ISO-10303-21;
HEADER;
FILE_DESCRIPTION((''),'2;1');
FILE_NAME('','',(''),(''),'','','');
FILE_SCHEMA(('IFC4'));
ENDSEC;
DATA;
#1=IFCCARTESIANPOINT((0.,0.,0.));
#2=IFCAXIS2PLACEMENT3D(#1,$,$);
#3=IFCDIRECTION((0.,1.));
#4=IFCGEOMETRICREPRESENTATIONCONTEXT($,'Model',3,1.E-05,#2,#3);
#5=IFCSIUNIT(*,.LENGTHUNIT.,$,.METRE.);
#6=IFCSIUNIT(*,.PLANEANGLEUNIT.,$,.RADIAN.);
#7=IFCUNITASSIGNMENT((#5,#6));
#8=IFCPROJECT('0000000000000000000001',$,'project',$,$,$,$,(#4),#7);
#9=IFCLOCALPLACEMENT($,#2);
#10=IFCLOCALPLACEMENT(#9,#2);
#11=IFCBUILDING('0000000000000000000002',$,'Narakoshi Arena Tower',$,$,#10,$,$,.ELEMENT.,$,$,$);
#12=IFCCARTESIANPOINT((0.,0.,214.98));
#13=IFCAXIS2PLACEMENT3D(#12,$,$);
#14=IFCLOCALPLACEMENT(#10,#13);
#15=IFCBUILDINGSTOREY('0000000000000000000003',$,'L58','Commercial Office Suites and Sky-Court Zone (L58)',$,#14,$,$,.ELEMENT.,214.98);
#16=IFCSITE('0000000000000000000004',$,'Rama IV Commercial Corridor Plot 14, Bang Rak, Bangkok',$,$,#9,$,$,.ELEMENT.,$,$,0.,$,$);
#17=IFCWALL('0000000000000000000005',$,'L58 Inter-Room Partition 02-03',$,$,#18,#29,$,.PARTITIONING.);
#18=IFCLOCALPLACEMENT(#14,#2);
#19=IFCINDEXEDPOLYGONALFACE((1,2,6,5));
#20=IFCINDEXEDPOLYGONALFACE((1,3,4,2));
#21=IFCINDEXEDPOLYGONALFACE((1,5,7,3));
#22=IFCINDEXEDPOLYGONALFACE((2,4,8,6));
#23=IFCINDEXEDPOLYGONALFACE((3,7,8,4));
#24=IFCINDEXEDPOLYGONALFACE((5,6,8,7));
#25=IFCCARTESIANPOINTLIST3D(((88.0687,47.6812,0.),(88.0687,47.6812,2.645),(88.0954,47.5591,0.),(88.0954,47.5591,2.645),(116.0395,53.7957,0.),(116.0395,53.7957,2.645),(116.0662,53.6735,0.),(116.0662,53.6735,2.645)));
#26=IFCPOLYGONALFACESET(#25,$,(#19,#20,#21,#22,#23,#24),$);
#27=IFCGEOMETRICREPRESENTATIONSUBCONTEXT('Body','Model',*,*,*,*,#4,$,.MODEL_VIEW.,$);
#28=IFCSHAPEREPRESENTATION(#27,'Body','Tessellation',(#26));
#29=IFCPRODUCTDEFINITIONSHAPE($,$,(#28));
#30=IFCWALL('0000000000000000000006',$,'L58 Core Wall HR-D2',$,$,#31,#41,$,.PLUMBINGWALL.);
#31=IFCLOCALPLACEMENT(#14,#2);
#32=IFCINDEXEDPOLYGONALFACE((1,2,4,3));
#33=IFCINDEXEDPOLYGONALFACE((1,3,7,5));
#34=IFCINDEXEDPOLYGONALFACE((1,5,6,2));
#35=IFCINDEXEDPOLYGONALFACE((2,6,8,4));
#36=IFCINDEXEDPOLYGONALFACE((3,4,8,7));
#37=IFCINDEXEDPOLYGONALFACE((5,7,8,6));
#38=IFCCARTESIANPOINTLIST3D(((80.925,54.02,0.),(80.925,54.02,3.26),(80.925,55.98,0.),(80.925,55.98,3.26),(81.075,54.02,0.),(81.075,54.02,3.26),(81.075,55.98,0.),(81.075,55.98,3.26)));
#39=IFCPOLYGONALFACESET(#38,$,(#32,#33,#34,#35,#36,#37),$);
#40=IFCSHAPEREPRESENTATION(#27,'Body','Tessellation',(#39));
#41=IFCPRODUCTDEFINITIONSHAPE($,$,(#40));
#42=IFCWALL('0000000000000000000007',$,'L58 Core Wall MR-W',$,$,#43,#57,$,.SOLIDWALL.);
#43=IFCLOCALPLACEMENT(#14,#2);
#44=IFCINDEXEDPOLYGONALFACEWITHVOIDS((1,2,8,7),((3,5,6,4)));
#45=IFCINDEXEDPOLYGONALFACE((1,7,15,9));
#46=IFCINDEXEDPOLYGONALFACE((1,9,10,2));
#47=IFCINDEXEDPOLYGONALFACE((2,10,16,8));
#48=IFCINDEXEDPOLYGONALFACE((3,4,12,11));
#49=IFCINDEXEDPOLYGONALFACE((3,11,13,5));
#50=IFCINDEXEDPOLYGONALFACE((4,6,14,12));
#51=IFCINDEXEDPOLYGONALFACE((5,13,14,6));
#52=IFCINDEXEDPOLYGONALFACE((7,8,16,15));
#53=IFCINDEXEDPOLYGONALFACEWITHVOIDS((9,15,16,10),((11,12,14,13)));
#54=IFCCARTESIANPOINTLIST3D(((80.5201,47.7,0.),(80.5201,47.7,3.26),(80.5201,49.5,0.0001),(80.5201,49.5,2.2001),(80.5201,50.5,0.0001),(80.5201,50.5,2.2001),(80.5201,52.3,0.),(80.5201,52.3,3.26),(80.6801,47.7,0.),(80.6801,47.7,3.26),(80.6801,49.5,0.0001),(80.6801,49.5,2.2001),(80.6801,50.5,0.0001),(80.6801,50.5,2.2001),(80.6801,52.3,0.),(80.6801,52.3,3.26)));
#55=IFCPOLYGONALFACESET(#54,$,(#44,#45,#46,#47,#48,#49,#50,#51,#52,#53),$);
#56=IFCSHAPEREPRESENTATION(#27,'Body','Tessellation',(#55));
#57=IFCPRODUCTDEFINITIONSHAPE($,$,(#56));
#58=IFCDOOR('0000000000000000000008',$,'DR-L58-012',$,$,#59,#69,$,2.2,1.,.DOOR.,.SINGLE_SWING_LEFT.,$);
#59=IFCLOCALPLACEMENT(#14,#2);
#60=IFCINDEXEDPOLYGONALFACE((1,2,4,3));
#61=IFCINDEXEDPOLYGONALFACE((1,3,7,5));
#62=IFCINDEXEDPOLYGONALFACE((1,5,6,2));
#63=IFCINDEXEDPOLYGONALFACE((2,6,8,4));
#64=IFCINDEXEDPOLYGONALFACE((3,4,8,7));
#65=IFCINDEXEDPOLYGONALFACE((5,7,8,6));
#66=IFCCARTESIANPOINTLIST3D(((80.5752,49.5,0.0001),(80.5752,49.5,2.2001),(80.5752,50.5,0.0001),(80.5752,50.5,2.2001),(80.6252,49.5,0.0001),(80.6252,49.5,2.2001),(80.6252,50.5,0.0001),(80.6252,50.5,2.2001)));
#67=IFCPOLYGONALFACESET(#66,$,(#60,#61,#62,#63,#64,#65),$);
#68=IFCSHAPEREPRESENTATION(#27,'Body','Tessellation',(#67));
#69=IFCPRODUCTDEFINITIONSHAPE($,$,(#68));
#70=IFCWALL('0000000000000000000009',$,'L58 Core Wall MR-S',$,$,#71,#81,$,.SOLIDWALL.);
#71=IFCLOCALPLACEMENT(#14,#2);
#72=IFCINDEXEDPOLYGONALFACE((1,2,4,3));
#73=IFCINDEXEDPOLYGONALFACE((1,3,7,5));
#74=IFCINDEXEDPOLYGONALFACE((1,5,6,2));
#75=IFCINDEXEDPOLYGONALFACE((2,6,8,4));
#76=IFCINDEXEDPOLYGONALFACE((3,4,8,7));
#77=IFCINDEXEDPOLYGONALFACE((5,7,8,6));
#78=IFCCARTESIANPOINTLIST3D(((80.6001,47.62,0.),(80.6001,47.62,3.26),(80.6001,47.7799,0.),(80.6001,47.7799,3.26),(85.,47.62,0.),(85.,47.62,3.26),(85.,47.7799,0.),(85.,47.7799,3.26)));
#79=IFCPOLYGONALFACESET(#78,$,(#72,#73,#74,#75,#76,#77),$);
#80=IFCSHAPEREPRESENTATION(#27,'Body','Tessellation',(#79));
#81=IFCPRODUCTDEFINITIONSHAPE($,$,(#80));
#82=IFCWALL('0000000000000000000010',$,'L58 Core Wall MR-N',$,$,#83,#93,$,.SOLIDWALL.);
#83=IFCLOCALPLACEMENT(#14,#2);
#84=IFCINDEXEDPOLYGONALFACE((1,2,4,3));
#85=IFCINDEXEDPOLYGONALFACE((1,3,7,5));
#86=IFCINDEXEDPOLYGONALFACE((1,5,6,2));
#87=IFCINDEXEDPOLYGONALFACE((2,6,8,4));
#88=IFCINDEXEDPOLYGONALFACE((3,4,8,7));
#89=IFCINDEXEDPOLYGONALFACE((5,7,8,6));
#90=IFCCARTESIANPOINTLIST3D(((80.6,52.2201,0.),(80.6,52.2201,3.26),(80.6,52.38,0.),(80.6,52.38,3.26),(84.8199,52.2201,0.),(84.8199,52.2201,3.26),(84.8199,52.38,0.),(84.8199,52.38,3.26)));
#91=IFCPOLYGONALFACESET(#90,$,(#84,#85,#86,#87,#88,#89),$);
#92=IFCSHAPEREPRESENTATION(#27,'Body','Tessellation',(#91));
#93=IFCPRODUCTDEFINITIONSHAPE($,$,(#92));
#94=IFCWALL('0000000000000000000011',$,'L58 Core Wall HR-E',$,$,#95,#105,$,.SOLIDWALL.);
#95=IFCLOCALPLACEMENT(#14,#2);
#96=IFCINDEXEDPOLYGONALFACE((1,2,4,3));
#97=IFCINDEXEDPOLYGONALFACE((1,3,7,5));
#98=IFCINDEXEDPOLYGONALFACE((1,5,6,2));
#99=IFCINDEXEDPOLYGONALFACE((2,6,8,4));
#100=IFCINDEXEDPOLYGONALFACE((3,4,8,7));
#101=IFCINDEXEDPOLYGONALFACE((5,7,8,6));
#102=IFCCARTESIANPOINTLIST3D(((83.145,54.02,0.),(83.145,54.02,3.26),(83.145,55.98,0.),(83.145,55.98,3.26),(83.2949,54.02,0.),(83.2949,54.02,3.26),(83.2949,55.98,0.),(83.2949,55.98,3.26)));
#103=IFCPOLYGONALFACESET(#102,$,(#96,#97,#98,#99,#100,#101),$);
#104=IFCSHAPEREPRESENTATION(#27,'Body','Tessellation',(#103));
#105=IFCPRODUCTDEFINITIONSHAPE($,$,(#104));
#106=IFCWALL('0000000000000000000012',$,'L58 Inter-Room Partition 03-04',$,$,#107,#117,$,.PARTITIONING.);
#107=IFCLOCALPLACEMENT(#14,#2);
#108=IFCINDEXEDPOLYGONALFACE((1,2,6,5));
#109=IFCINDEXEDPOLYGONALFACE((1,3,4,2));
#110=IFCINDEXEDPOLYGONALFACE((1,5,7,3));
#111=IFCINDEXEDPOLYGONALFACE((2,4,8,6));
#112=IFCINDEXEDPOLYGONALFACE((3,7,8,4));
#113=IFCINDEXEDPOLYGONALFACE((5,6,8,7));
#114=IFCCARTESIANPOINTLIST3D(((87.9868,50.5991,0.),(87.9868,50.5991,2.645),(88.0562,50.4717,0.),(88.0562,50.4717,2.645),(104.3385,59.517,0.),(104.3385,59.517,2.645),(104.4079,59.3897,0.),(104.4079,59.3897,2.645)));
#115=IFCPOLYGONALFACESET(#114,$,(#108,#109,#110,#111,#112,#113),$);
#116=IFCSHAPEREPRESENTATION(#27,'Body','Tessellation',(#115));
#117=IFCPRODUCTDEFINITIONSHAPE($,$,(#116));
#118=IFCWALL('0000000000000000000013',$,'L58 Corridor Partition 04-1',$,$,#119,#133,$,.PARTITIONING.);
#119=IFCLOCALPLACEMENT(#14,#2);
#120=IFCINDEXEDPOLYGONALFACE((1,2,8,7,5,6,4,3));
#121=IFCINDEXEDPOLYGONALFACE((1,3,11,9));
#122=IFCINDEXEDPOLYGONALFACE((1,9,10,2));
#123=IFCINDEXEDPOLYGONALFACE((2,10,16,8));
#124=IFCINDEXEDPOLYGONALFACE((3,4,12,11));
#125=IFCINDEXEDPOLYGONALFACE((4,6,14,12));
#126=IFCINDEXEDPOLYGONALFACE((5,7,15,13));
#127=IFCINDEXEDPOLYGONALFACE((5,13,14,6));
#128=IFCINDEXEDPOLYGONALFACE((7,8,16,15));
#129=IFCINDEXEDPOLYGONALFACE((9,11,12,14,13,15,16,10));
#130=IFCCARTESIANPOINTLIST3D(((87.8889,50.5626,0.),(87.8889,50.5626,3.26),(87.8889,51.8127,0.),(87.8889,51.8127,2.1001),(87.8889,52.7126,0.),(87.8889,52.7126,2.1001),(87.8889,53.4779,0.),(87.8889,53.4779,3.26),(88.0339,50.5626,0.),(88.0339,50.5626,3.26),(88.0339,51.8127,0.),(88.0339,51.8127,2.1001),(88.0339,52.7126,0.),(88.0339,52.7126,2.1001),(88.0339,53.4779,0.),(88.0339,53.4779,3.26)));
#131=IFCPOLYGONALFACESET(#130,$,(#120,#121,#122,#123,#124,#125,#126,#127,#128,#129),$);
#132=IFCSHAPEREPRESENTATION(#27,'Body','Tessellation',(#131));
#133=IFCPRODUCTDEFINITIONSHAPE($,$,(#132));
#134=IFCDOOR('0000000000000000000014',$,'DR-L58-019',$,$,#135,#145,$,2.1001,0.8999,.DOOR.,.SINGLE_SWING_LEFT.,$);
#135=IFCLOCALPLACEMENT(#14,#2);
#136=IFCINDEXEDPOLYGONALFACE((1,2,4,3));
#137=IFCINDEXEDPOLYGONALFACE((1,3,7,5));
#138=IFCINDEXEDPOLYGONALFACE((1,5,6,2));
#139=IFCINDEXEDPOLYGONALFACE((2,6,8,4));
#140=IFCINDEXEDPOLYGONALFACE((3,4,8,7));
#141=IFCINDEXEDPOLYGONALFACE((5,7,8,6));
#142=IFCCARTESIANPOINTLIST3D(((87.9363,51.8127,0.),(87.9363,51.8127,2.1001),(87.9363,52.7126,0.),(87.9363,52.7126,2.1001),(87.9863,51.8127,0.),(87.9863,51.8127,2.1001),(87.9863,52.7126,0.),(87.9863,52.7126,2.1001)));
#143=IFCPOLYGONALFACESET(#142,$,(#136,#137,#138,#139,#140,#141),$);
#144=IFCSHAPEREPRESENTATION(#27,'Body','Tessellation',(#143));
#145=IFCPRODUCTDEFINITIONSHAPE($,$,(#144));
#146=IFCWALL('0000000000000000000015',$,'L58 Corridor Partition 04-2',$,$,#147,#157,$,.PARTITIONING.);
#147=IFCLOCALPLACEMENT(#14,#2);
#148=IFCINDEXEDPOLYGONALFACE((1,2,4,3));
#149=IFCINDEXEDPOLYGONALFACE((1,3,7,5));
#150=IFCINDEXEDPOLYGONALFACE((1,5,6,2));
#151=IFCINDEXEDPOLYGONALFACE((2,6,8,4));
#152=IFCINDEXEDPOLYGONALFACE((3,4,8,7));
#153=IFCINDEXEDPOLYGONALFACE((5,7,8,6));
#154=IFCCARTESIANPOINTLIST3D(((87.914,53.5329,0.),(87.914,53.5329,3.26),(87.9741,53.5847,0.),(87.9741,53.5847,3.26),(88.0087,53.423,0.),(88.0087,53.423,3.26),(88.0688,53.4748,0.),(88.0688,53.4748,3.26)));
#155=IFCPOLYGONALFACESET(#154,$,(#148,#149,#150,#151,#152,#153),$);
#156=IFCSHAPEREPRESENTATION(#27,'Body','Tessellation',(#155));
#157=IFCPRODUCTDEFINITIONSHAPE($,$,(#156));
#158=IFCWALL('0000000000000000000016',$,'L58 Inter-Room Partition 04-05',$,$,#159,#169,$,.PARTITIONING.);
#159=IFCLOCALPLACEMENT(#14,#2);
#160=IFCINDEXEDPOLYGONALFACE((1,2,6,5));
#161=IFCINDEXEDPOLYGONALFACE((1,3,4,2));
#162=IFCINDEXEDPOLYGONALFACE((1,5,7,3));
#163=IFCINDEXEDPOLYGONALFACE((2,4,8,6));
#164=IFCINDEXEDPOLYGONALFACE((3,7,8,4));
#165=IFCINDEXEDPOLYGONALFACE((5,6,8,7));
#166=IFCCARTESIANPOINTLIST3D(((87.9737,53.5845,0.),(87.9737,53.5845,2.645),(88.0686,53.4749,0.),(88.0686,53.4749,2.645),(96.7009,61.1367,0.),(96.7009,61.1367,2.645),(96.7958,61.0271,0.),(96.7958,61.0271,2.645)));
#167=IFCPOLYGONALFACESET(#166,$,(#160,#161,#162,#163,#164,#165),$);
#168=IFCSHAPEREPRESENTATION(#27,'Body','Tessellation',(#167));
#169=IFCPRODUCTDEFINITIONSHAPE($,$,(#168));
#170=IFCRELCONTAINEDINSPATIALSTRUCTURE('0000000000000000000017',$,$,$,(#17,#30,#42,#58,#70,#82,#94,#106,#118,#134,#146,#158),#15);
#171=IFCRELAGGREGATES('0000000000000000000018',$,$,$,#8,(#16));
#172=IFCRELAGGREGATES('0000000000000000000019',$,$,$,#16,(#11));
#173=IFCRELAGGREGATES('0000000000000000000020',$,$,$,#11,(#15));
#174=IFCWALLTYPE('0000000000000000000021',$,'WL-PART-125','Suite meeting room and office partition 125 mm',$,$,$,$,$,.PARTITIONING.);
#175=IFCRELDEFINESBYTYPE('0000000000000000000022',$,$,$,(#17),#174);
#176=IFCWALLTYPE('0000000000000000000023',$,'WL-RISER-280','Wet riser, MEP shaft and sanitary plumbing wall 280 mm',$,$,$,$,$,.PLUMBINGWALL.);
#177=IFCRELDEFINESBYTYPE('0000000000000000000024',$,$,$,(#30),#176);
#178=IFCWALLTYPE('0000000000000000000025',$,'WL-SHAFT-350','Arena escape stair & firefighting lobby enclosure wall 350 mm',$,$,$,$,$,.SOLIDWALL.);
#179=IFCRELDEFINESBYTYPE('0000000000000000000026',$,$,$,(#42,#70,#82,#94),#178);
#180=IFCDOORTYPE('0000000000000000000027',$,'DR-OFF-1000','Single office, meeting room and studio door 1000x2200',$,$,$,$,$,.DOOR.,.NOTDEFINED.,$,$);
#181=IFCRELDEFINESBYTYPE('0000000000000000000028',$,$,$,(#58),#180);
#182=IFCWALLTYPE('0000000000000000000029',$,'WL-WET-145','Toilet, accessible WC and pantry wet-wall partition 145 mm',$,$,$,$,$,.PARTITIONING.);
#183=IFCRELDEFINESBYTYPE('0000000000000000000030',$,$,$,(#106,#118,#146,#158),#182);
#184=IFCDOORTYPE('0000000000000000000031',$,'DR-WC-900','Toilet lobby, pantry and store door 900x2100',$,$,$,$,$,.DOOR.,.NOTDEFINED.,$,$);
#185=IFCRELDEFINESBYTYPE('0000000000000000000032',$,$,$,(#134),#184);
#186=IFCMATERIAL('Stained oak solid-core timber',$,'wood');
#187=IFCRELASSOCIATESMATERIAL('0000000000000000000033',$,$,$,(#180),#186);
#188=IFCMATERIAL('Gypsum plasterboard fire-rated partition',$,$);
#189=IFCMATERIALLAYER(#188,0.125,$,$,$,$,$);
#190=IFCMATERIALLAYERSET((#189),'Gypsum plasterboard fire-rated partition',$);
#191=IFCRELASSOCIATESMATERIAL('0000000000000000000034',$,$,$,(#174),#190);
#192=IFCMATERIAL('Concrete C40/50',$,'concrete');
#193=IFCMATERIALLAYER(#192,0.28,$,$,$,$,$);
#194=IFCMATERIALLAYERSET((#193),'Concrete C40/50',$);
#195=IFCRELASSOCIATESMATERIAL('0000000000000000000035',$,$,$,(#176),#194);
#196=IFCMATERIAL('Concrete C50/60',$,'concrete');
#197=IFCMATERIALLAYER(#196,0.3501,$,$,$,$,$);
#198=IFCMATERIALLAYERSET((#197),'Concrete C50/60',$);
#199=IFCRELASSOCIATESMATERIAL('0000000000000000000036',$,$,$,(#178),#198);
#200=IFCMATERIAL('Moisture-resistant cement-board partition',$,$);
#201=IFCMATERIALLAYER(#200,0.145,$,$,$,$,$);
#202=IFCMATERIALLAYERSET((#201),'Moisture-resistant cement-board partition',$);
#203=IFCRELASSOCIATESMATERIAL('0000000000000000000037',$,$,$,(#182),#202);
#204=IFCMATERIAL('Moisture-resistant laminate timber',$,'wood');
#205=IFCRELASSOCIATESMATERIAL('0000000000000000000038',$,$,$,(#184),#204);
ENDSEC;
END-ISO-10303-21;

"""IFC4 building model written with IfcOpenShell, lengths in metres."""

from ifc_helpers import new_model, si_unit, direction, frame, frame_2d, origin, place, context, subcontext, project, spatial, rectangle, extrude, material, layer, layer_set, type_object, element, fill, save


model = new_model("IFC4")

# Units and contexts
model_context = context("Model", 3, precision=1e-05, world=origin(), true_north=direction((0.0, 1.0)))
body_context = subcontext(model_context, "Body", "Model", "MODEL_VIEW")
ifc_project = project(units=[si_unit("LENGTHUNIT", "METRE"), si_unit("PLANEANGLEUNIT", "RADIAN")], contexts=[model_context])

# Site, building, storey
site_placement = place(None, origin())
site = spatial("IfcSite", under=ifc_project, at=site_placement, Name="Rama IV Commercial Corridor Plot 14, Bang Rak, Bangkok", CompositionType="ELEMENT", RefElevation=0.0)
building_placement = place(site_placement, origin())
building = spatial("IfcBuilding", under=site, at=building_placement, Name="Narakoshi Arena Tower", CompositionType="ELEMENT")
storey_placement = place(building_placement, frame((0.0, 0.0, 214.98)))
storey = spatial("IfcBuildingStorey", under=building, at=storey_placement, Name="L58", Description="Commercial Office Suites and Sky-Court Zone (L58)", CompositionType="ELEMENT", Elevation=214.98)

# Shared definitions
ifc_material_1 = material(Name="Gypsum plasterboard fire-rated partition")
ifc_material_2 = material(Name="Stained oak solid-core timber", Category="wood")
door_type_1 = type_object("IfcDoorType", Name="DR-OFF-1000", Description="Single office, meeting room and studio door 1000x2200", OperationType="NOTDEFINED", PredefinedType="DOOR", material=ifc_material_2)

# Walls
ifc_layer_1 = layer(ifc_material_1, 0.125)
ifc_layer_set_1 = layer_set([ifc_layer_1], Name="Gypsum plasterboard fire-rated partition")
wall_type_1 = type_object("IfcWallType", Name="WL-PART-125", Description="Suite meeting room and office partition 125 mm", PredefinedType="PARTITIONING", material=ifc_layer_set_1)
wall_1_placement = place(storey_placement, frame((88.082, 47.6201, 0.0), z_axis=(0.0, 0.0, 1.0), x_axis=(0.97693, 0.213559, 0.0)))
element("IfcWall", 1, at=wall_1_placement, inside=storey, type_object=wall_type_1, Name="L58 Inter-Room Partition 02-03", PredefinedType="PARTITIONING", context=body_context, shape_type="SweptSolid", body=[
    extrude(rectangle(XDim=28.6313, YDim=0.125, at=frame_2d((14.3157, 0.0))), origin(), (0.0, 0.0, 1.0), 2.645),
])
ifc_material_3 = material(Name="Concrete C40/50", Category="concrete")
ifc_layer_2 = layer(ifc_material_3, 0.28)
ifc_layer_set_2 = layer_set([ifc_layer_2], Name="Concrete C40/50")
wall_type_2 = type_object("IfcWallType", Name="WL-RISER-280", Description="Wet riser, MEP shaft and sanitary plumbing wall 280 mm", PredefinedType="PLUMBINGWALL", material=ifc_layer_set_2)
wall_2_placement = place(storey_placement, frame((81.0, 54.02, 0.0), z_axis=(0.0, 0.0, 1.0), x_axis=(0.0, 1.0, 0.0)))
element("IfcWall", 2, at=wall_2_placement, inside=storey, type_object=wall_type_2, Name="L58 Core Wall HR-D2", PredefinedType="PLUMBINGWALL", context=body_context, shape_type="SweptSolid", body=[
    extrude(rectangle(XDim=1.96, YDim=0.1499, at=frame_2d((0.98, 0.0))), origin(), (0.0, 0.0, 1.0), 3.26),
])

# Wall, opening, door
ifc_material_4 = material(Name="Concrete C50/60", Category="concrete")
ifc_layer_3 = layer(ifc_material_4, 0.3501)
ifc_layer_set_3 = layer_set([ifc_layer_3], Name="Concrete C50/60")
wall_type_3 = type_object("IfcWallType", Name="WL-SHAFT-350", Description="Arena escape stair & firefighting lobby enclosure wall 350 mm", PredefinedType="SOLIDWALL", material=ifc_layer_set_3)
wall_3_placement = place(storey_placement, frame((80.6001, 47.7, 0.0), z_axis=(0.0, 0.0, 1.0), x_axis=(0.0, 1.0, 0.0)))
wall_3 = element("IfcWall", 3, at=wall_3_placement, inside=storey, type_object=wall_type_3, Name="L58 Core Wall MR-W", PredefinedType="SOLIDWALL", context=body_context, shape_type="SweptSolid", body=[
    extrude(rectangle(XDim=4.6001, YDim=0.1599, at=frame_2d((2.3, 0.0))), origin(), (0.0, 0.0, 1.0), 3.26),
])
opening_1_placement = place(wall_3_placement, frame((1.8, 0.0, 0.0)))
opening_1 = element("IfcOpeningElement", 4, at=opening_1_placement, cuts=wall_3, PredefinedType="OPENING", context=body_context, shape_type="SweptSolid", body=[
    extrude(rectangle(XDim=1.0, YDim=2.2, at=frame_2d((0.5, 1.1001))), frame((0.0, 0.0898, 0.0), z_axis=(0.0, -1.0, 0.0), x_axis=(1.0, 0.0, 0.0)), (0.0, 0.0, 1.0), 0.1799),
])
door_1_placement = place(opening_1_placement, origin())
door_1 = element("IfcDoor", 5, at=door_1_placement, inside=storey, type_object=door_type_1, Name="DR-L58-012", OperationType="SINGLE_SWING_LEFT", OverallHeight=2.2, OverallWidth=1.0, PredefinedType="DOOR", context=body_context, shape_type="SweptSolid", body=[
    extrude(rectangle(XDim=1.0, YDim=2.2, at=frame_2d((0.5, 1.1001))), frame((0.0, 0.0249, 0.0), z_axis=(0.0, -1.0, 0.0), x_axis=(1.0, 0.0, 0.0)), (0.0, 0.0, 1.0), 0.05),
])
fill(opening_1, door_1)

# Walls
wall_4_placement = place(storey_placement, frame((80.6001, 47.7, 0.0), z_axis=(0.0, 0.0, 1.0), x_axis=(1.0, 0.0, 0.0)))
element("IfcWall", 6, at=wall_4_placement, inside=storey, type_object=wall_type_3, Name="L58 Core Wall MR-S", PredefinedType="SOLIDWALL", context=body_context, shape_type="SweptSolid", body=[
    extrude(rectangle(XDim=4.3999, YDim=0.1599, at=frame_2d((2.2, 0.0))), origin(), (0.0, 0.0, 1.0), 3.26),
])
wall_5_placement = place(storey_placement, frame((80.6001, 52.3, 0.0), z_axis=(0.0, 0.0, 1.0), x_axis=(1.0, 0.0, 0.0)))
element("IfcWall", 7, at=wall_5_placement, inside=storey, type_object=wall_type_3, Name="L58 Core Wall MR-N", PredefinedType="SOLIDWALL", context=body_context, shape_type="SweptSolid", body=[
    extrude(rectangle(XDim=4.22, YDim=0.1599, at=frame_2d((2.1099, 0.0))), origin(), (0.0, 0.0, 1.0), 3.26),
])
wall_6_placement = place(storey_placement, frame((83.22, 54.02, 0.0), z_axis=(0.0, 0.0, 1.0), x_axis=(0.0, 1.0, 0.0)))
element("IfcWall", 8, at=wall_6_placement, inside=storey, type_object=wall_type_3, Name="L58 Core Wall HR-E", PredefinedType="SOLIDWALL", context=body_context, shape_type="SweptSolid", body=[
    extrude(rectangle(XDim=1.96, YDim=0.1499, at=frame_2d((0.98, 0.0))), origin(), (0.0, 0.0, 1.0), 3.26),
])
ifc_material_5 = material(Name="Moisture-resistant cement-board partition")
ifc_layer_4 = layer(ifc_material_5, 0.145)
ifc_layer_set_4 = layer_set([ifc_layer_4], Name="Moisture-resistant cement-board partition")
wall_type_4 = type_object("IfcWallType", Name="WL-WET-145", Description="Toilet, accessible WC and pantry wet-wall partition 145 mm", PredefinedType="PARTITIONING", material=ifc_layer_set_4)
wall_7_placement = place(storey_placement, frame((88.0215, 50.5354, 0.0), z_axis=(0.0, 0.0, 1.0), x_axis=(0.877923, 0.478803, 0.0)))
element("IfcWall", 9, at=wall_7_placement, inside=storey, type_object=wall_type_4, Name="L58 Inter-Room Partition 03-04", PredefinedType="PARTITIONING", context=body_context, shape_type="SweptSolid", body=[
    extrude(rectangle(XDim=18.6255, YDim=0.145, at=frame_2d((9.3127, 0.0))), origin(), (0.0, 0.0, 1.0), 2.645),
])

# Wall, opening, door
wall_8_placement = place(storey_placement, frame((87.9614, 50.5627, 0.0), z_axis=(0.0, 0.0, 1.0), x_axis=(0.0, 1.0, 0.0)))
wall_8 = element("IfcWall", 10, at=wall_8_placement, inside=storey, type_object=wall_type_4, Name="L58 Corridor Partition 04-1", PredefinedType="PARTITIONING", context=body_context, shape_type="SweptSolid", body=[
    extrude(rectangle(XDim=2.9153, YDim=0.145, at=frame_2d((1.4575, 0.0))), origin(), (0.0, 0.0, 1.0), 3.26),
])
opening_2_placement = place(wall_8_placement, frame((1.25, 0.0, 0.0)))
opening_2 = element("IfcOpeningElement", 11, at=opening_2_placement, cuts=wall_8, PredefinedType="OPENING", context=body_context, shape_type="SweptSolid", body=[
    extrude(rectangle(XDim=0.8999, YDim=2.1001, at=frame_2d((0.45, 1.05))), frame((0.0, 0.0825, 0.0), z_axis=(0.0, -1.0, 0.0), x_axis=(1.0, 0.0, 0.0)), (0.0, 0.0, 1.0), 0.165),
])
ifc_material_6 = material(Name="Moisture-resistant laminate timber", Category="wood")
door_type_2 = type_object("IfcDoorType", Name="DR-WC-900", Description="Toilet lobby, pantry and store door 900x2100", OperationType="NOTDEFINED", PredefinedType="DOOR", material=ifc_material_6)
door_2_placement = place(opening_2_placement, frame((0.8999, 0.0, 0.0), z_axis=(0.0, 0.0, 1.0), x_axis=(-1.0, 0.0, 0.0)))
door_2 = element("IfcDoor", 12, at=door_2_placement, inside=storey, type_object=door_type_2, Name="DR-L58-019", OperationType="SINGLE_SWING_LEFT", OverallHeight=2.1001, OverallWidth=0.8999, PredefinedType="DOOR", context=body_context, shape_type="SweptSolid", body=[
    extrude(rectangle(XDim=0.8999, YDim=2.1001, at=frame_2d((0.45, 1.05))), frame((0.0, 0.0249, 0.0), z_axis=(0.0, -1.0, 0.0), x_axis=(1.0, 0.0, 0.0)), (0.0, 0.0, 1.0), 0.05),
])
fill(opening_2, door_2)

# Walls
wall_9_placement = place(storey_placement, frame((87.9614, 53.478, 0.0), z_axis=(0.0, 0.0, 1.0), x_axis=(0.757515, 0.652818, 0.0)))
element("IfcWall", 13, at=wall_9_placement, inside=storey, type_object=wall_type_4, Name="L58 Corridor Partition 04-2", PredefinedType="PARTITIONING", context=body_context, shape_type="SweptSolid", body=[
    extrude(rectangle(XDim=0.0793, YDim=0.145, at=frame_2d((0.0396, 0.0))), origin(), (0.0, 0.0, 1.0), 3.26),
])
wall_10_placement = place(storey_placement, frame((88.0212, 53.5298, 0.0), z_axis=(0.0, 0.0, 1.0), x_axis=(0.756178, 0.654366, 0.0)))
element("IfcWall", 14, at=wall_10_placement, inside=storey, type_object=wall_type_4, Name="L58 Inter-Room Partition 04-05", PredefinedType="PARTITIONING", context=body_context, shape_type="SweptSolid", body=[
    extrude(rectangle(XDim=11.5413, YDim=0.145, at=frame_2d((5.7705, 0.0))), origin(), (0.0, 0.0, 1.0), 2.645),
])

save(model, "model.ifc")
